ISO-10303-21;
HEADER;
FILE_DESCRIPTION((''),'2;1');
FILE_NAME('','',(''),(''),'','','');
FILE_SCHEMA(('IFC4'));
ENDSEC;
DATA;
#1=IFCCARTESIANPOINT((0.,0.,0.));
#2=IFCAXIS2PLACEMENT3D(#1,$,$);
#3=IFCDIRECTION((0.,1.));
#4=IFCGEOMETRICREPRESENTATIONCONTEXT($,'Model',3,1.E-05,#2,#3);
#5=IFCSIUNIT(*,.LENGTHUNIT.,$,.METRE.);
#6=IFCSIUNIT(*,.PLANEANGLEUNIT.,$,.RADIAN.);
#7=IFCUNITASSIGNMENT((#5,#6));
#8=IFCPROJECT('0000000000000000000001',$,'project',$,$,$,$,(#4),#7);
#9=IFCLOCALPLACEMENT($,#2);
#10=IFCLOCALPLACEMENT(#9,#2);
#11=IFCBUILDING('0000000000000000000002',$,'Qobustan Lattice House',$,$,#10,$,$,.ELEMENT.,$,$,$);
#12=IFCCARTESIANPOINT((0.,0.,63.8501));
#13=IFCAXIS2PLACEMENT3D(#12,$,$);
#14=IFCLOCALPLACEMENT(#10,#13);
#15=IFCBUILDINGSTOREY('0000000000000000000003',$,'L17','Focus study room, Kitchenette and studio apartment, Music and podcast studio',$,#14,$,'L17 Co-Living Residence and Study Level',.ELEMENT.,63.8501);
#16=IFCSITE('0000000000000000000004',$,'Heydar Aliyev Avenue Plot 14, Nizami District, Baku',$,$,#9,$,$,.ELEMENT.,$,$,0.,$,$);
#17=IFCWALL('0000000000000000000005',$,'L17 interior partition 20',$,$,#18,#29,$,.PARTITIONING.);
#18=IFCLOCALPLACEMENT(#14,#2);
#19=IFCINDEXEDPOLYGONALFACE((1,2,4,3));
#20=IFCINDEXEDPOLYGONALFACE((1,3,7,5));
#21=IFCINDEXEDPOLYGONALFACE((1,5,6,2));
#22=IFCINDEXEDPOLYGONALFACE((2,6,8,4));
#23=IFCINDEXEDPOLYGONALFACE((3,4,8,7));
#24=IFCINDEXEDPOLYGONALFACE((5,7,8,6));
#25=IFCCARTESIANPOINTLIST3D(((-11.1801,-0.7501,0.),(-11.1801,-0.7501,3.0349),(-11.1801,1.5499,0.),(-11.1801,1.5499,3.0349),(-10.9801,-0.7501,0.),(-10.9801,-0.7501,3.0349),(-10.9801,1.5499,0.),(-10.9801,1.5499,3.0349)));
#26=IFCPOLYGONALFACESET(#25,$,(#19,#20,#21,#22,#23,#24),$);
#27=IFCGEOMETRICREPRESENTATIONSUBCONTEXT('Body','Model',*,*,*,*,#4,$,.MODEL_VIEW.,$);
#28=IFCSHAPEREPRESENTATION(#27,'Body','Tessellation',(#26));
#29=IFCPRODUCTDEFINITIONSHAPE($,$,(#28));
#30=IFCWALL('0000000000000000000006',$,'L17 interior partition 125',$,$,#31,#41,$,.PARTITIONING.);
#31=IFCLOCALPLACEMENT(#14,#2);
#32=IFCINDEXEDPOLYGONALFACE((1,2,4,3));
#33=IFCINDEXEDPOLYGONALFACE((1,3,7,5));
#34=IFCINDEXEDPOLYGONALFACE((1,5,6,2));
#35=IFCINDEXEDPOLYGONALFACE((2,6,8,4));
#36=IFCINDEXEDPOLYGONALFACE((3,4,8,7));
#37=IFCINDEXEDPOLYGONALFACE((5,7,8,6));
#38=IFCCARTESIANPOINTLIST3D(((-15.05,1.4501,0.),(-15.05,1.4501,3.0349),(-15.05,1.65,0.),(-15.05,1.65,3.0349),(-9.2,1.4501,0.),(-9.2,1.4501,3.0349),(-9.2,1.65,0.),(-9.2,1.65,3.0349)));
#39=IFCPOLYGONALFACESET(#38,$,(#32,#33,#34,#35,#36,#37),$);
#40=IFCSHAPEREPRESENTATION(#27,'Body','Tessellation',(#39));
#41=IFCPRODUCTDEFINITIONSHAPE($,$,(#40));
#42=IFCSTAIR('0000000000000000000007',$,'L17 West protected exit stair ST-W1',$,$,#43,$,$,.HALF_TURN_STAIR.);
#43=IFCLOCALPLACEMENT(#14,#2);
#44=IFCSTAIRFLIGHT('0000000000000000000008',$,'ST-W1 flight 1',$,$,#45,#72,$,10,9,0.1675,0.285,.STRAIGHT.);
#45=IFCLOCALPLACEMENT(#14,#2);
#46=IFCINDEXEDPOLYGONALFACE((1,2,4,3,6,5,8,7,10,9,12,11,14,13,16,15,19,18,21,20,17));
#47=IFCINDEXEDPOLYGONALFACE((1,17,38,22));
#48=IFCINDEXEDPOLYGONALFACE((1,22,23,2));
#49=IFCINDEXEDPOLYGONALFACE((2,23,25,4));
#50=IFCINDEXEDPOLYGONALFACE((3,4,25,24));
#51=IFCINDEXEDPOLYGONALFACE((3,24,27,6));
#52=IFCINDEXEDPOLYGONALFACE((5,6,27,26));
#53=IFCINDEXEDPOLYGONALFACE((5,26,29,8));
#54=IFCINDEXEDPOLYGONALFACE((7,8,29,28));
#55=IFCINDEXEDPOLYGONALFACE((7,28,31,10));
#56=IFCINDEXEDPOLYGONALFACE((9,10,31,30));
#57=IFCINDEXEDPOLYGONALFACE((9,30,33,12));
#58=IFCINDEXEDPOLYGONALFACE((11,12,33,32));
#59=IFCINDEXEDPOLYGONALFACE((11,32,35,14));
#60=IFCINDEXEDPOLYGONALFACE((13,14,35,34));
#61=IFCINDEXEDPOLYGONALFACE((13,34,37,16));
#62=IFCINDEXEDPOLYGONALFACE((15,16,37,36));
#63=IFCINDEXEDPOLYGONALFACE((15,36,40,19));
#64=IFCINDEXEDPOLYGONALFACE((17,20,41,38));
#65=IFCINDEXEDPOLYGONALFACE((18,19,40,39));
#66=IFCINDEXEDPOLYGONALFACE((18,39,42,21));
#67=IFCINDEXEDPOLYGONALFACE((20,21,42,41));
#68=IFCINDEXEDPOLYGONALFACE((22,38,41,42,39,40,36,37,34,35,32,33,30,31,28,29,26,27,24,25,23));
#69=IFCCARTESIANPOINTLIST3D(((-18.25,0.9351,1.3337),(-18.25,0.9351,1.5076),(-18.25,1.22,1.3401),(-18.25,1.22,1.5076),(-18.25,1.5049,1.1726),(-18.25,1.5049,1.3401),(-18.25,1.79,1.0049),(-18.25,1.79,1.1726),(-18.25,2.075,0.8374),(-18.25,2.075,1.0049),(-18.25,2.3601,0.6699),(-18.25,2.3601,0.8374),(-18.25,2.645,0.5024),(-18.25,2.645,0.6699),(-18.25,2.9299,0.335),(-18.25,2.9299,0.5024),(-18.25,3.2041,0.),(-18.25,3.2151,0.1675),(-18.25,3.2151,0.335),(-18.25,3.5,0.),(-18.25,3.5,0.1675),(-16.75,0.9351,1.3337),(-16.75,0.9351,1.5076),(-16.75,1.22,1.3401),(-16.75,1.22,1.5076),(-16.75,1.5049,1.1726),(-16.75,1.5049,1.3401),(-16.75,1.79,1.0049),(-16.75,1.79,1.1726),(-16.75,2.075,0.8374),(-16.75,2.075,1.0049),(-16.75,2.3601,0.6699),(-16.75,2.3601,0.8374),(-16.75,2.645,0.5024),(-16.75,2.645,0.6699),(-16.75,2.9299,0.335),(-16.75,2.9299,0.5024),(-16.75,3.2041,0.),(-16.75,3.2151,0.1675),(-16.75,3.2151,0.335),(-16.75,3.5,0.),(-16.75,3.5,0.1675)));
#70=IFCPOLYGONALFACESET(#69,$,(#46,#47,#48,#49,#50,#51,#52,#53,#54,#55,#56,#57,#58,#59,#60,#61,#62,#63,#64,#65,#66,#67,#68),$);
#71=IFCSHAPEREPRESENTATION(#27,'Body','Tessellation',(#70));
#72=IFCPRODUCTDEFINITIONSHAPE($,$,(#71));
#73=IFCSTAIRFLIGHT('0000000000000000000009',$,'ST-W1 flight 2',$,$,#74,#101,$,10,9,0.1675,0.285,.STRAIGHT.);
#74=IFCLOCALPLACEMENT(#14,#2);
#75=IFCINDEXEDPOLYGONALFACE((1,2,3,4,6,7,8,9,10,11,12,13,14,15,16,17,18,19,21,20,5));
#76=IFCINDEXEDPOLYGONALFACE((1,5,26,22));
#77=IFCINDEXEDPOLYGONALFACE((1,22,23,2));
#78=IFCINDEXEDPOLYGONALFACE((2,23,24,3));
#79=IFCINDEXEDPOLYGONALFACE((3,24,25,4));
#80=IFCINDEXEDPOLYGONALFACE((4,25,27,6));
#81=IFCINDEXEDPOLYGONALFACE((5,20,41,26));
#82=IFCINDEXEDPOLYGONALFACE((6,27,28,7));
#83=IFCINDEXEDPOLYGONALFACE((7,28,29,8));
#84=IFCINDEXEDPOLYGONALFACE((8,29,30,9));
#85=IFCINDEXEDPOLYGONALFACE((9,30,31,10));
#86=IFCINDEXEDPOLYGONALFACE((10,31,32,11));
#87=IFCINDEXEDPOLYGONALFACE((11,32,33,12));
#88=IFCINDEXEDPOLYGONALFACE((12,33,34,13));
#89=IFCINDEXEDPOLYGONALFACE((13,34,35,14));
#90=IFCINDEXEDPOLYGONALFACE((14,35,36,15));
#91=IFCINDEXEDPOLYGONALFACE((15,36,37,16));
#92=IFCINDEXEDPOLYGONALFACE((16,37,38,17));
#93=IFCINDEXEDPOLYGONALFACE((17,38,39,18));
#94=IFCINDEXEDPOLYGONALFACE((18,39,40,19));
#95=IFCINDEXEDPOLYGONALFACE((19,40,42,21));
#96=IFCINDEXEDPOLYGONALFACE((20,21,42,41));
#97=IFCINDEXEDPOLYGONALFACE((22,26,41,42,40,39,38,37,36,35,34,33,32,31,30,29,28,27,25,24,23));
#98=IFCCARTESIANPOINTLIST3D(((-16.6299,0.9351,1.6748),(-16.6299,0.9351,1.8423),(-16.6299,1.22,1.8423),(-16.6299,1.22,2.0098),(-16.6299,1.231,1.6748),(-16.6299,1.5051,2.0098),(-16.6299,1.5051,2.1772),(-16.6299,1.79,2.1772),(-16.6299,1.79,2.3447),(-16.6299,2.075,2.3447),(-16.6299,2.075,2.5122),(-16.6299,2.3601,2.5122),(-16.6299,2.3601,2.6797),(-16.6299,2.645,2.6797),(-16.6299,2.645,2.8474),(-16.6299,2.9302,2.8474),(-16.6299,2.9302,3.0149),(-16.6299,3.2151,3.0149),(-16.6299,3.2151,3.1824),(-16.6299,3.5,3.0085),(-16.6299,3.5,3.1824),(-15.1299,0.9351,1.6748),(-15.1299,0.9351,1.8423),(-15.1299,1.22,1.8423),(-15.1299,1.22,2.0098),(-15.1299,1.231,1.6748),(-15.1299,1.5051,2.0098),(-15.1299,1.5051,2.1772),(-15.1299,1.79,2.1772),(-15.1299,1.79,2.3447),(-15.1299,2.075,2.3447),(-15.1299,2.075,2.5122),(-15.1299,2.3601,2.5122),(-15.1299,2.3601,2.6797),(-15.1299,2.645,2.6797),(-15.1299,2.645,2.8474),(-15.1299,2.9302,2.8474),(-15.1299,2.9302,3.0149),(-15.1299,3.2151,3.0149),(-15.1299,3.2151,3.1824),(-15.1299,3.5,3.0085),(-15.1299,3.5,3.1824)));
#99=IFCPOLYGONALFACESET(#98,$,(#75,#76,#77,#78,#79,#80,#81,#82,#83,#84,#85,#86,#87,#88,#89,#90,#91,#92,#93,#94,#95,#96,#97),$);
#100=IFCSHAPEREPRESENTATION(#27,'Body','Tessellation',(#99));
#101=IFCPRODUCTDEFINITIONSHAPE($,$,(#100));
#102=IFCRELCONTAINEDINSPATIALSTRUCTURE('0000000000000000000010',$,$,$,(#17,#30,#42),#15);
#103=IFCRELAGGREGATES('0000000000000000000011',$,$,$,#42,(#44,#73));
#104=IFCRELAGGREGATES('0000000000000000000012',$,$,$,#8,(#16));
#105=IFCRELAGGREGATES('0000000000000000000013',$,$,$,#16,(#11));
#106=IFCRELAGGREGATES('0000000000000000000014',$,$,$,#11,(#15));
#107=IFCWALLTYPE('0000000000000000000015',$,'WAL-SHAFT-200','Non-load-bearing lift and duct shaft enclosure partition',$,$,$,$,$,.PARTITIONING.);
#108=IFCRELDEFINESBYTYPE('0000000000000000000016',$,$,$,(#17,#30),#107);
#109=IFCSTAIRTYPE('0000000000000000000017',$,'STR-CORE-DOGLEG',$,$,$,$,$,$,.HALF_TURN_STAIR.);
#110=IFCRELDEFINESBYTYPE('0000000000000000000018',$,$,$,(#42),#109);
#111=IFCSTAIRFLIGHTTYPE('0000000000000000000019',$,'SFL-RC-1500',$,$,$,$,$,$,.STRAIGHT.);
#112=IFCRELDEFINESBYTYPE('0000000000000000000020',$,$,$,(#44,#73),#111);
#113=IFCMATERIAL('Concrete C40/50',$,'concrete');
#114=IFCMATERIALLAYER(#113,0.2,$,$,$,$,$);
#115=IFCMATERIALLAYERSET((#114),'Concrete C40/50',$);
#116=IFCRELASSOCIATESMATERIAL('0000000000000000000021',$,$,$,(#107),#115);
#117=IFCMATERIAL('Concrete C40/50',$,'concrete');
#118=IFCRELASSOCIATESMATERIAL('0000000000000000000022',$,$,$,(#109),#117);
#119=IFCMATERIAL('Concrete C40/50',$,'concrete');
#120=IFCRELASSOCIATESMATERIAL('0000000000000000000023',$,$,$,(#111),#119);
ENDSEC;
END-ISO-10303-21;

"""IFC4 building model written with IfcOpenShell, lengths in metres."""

from ifc_helpers import new_model, si_unit, direction, frame, frame_2d, origin, place, context, subcontext, project, spatial, polyline, rectangle, outline, extrude, material, layer, layer_set, type_object, element, aggregate, save


model = new_model("IFC4")

# Units and contexts
model_context = context("Model", 3, precision=1e-05, world=origin(), true_north=direction((0.0, 1.0)))
body_context = subcontext(model_context, "Body", "Model", "MODEL_VIEW")
ifc_project = project(units=[si_unit("LENGTHUNIT", "METRE"), si_unit("PLANEANGLEUNIT", "RADIAN")], contexts=[model_context])

# Site, building, storey
site_placement = place(None, origin())
site = spatial("IfcSite", under=ifc_project, at=site_placement, Name="Heydar Aliyev Avenue Plot 14, Nizami District, Baku", CompositionType="ELEMENT", RefElevation=0.0)
building_placement = place(site_placement, origin())
building = spatial("IfcBuilding", under=site, at=building_placement, Name="Qobustan Lattice House", CompositionType="ELEMENT")
storey_placement = place(building_placement, frame((0.0, 0.0, 63.8501)))
storey = spatial("IfcBuildingStorey", under=building, at=storey_placement, Name="L17", Description="Focus study room, Kitchenette and studio apartment, Music and podcast studio", LongName="L17 Co-Living Residence and Study Level", CompositionType="ELEMENT", Elevation=63.8501)

# Shared definitions
ifc_material_1 = material(Name="Concrete C40/50", Category="concrete")
ifc_layer = layer(ifc_material_1, 0.2)
ifc_layer_set = layer_set([ifc_layer], Name="Concrete C40/50")
wall_type = type_object("IfcWallType", Name="WAL-SHAFT-200", Description="Non-load-bearing lift and duct shaft enclosure partition", PredefinedType="PARTITIONING", material=ifc_layer_set)

# Walls
for number, where, z_axis, x_axis, name in (
    (1, (-11.0801, -0.75, 0.0), (0.0, 0.0, 1.0), (0.0, 1.0, 0.0), "L17 interior partition 20"),
):
    element("IfcWall", number, at=place(storey_placement, frame(where, z_axis=z_axis, x_axis=x_axis)), inside=storey, type_object=wall_type, Name=name, PredefinedType="PARTITIONING", context=body_context, shape_type="SweptSolid", body=[
        extrude(rectangle(XDim=2.3, YDim=0.2, at=frame_2d((1.1499, 0.0))), origin(), (0.0, 0.0, 1.0), 3.0349),
    ])
wall_1_placement = place(storey_placement, frame((-15.05, 1.55, 0.0), z_axis=(0.0, 0.0, 1.0), x_axis=(1.0, 0.0, 0.0)))
element("IfcWall", 2, at=wall_1_placement, inside=storey, type_object=wall_type, Name="L17 interior partition 125", PredefinedType="PARTITIONING", context=body_context, shape_type="SweptSolid", body=[
    extrude(rectangle(XDim=5.8501, YDim=0.2, at=frame_2d((2.925, 0.0))), origin(), (0.0, 0.0, 1.0), 3.0349),
])

# Stair, stair flights
ifc_material_2 = material(Name="Concrete C40/50", Category="concrete")
stair_type = type_object("IfcStairType", Name="STR-CORE-DOGLEG", PredefinedType="HALF_TURN_STAIR", material=ifc_material_2)
stair_placement = place(storey_placement, origin())
stair = element("IfcStair", 3, at=stair_placement, inside=storey, type_object=stair_type, Name="L17 West protected exit stair ST-W1", PredefinedType="HALF_TURN_STAIR")
ifc_material_3 = material(Name="Concrete C40/50", Category="concrete")
stair_flight_type = type_object("IfcStairFlightType", Name="SFL-RC-1500", PredefinedType="STRAIGHT", material=ifc_material_3)
stair_flight_1_placement = place(storey_placement, frame((-17.5, 3.5, 0.0), z_axis=(0.0, 0.0, 1.0), x_axis=(0.0, -1.0, 0.0)))
stair_flight_1 = element("IfcStairFlight", 4, at=stair_flight_1_placement, type_object=stair_flight_type, Name="ST-W1 flight 1", NumberOfRisers=10, NumberOfTreads=9, PredefinedType="STRAIGHT", RiserHeight=0.1675, TreadLength=0.285, context=body_context, shape_type="SweptSolid", body=[
    extrude(outline(polyline([(0.0, 0.0), (0.0, 0.1675), (0.2849, 0.1675), (0.2849, 0.335), (0.5701, 0.335), (0.5701, 0.5024), (0.855, 0.5024), (0.855, 0.6699), (1.1399, 0.6699), (1.1399, 0.8374), (1.425, 0.8374), (1.425, 1.0049), (1.71, 1.0049), (1.71, 1.1726), (1.9951, 1.1726), (1.9951, 1.3401), (2.28, 1.3401), (2.28, 1.5076), (2.5649, 1.5076), (2.5649, 1.675), (2.5649, 1.3337), (0.2959, 0.0), (0.0, 0.0)])), frame((0.0, 0.75, 0.0), z_axis=(0.0, -1.0, 0.0), x_axis=(1.0, 0.0, 0.0)), (0.0, 0.0, 1.0), 1.5),
])
stair_flight_2_placement = place(storey_placement, frame((-15.8799, 0.9351, 1.6748), z_axis=(0.0, 0.0, 1.0), x_axis=(0.0, 1.0, 0.0)))
stair_flight_2 = element("IfcStairFlight", 5, at=stair_flight_2_placement, type_object=stair_flight_type, Name="ST-W1 flight 2", NumberOfRisers=10, NumberOfTreads=9, PredefinedType="STRAIGHT", RiserHeight=0.1675, TreadLength=0.285, context=body_context, shape_type="SweptSolid", body=[
    extrude(outline(polyline([(0.0, 0.0), (0.0, 0.1675), (0.2849, 0.1675), (0.2849, 0.335), (0.5701, 0.335), (0.5701, 0.5024), (0.855, 0.5024), (0.855, 0.6699), (1.1399, 0.6699), (1.1399, 0.8374), (1.425, 0.8374), (1.425, 1.0049), (1.71, 1.0049), (1.71, 1.1726), (1.9951, 1.1726), (1.9951, 1.3401), (2.28, 1.3401), (2.28, 1.5076), (2.5649, 1.5076), (2.5649, 1.675), (2.5649, 1.3337), (0.2959, 0.0), (0.0, 0.0)])), frame((0.0, 0.75, 0.0), z_axis=(0.0, -1.0, 0.0), x_axis=(1.0, 0.0, 0.0)), (0.0, 0.0, 1.0), 1.5),
])
aggregate(stair, [stair_flight_1, stair_flight_2])

save(model, "model.ifc")
